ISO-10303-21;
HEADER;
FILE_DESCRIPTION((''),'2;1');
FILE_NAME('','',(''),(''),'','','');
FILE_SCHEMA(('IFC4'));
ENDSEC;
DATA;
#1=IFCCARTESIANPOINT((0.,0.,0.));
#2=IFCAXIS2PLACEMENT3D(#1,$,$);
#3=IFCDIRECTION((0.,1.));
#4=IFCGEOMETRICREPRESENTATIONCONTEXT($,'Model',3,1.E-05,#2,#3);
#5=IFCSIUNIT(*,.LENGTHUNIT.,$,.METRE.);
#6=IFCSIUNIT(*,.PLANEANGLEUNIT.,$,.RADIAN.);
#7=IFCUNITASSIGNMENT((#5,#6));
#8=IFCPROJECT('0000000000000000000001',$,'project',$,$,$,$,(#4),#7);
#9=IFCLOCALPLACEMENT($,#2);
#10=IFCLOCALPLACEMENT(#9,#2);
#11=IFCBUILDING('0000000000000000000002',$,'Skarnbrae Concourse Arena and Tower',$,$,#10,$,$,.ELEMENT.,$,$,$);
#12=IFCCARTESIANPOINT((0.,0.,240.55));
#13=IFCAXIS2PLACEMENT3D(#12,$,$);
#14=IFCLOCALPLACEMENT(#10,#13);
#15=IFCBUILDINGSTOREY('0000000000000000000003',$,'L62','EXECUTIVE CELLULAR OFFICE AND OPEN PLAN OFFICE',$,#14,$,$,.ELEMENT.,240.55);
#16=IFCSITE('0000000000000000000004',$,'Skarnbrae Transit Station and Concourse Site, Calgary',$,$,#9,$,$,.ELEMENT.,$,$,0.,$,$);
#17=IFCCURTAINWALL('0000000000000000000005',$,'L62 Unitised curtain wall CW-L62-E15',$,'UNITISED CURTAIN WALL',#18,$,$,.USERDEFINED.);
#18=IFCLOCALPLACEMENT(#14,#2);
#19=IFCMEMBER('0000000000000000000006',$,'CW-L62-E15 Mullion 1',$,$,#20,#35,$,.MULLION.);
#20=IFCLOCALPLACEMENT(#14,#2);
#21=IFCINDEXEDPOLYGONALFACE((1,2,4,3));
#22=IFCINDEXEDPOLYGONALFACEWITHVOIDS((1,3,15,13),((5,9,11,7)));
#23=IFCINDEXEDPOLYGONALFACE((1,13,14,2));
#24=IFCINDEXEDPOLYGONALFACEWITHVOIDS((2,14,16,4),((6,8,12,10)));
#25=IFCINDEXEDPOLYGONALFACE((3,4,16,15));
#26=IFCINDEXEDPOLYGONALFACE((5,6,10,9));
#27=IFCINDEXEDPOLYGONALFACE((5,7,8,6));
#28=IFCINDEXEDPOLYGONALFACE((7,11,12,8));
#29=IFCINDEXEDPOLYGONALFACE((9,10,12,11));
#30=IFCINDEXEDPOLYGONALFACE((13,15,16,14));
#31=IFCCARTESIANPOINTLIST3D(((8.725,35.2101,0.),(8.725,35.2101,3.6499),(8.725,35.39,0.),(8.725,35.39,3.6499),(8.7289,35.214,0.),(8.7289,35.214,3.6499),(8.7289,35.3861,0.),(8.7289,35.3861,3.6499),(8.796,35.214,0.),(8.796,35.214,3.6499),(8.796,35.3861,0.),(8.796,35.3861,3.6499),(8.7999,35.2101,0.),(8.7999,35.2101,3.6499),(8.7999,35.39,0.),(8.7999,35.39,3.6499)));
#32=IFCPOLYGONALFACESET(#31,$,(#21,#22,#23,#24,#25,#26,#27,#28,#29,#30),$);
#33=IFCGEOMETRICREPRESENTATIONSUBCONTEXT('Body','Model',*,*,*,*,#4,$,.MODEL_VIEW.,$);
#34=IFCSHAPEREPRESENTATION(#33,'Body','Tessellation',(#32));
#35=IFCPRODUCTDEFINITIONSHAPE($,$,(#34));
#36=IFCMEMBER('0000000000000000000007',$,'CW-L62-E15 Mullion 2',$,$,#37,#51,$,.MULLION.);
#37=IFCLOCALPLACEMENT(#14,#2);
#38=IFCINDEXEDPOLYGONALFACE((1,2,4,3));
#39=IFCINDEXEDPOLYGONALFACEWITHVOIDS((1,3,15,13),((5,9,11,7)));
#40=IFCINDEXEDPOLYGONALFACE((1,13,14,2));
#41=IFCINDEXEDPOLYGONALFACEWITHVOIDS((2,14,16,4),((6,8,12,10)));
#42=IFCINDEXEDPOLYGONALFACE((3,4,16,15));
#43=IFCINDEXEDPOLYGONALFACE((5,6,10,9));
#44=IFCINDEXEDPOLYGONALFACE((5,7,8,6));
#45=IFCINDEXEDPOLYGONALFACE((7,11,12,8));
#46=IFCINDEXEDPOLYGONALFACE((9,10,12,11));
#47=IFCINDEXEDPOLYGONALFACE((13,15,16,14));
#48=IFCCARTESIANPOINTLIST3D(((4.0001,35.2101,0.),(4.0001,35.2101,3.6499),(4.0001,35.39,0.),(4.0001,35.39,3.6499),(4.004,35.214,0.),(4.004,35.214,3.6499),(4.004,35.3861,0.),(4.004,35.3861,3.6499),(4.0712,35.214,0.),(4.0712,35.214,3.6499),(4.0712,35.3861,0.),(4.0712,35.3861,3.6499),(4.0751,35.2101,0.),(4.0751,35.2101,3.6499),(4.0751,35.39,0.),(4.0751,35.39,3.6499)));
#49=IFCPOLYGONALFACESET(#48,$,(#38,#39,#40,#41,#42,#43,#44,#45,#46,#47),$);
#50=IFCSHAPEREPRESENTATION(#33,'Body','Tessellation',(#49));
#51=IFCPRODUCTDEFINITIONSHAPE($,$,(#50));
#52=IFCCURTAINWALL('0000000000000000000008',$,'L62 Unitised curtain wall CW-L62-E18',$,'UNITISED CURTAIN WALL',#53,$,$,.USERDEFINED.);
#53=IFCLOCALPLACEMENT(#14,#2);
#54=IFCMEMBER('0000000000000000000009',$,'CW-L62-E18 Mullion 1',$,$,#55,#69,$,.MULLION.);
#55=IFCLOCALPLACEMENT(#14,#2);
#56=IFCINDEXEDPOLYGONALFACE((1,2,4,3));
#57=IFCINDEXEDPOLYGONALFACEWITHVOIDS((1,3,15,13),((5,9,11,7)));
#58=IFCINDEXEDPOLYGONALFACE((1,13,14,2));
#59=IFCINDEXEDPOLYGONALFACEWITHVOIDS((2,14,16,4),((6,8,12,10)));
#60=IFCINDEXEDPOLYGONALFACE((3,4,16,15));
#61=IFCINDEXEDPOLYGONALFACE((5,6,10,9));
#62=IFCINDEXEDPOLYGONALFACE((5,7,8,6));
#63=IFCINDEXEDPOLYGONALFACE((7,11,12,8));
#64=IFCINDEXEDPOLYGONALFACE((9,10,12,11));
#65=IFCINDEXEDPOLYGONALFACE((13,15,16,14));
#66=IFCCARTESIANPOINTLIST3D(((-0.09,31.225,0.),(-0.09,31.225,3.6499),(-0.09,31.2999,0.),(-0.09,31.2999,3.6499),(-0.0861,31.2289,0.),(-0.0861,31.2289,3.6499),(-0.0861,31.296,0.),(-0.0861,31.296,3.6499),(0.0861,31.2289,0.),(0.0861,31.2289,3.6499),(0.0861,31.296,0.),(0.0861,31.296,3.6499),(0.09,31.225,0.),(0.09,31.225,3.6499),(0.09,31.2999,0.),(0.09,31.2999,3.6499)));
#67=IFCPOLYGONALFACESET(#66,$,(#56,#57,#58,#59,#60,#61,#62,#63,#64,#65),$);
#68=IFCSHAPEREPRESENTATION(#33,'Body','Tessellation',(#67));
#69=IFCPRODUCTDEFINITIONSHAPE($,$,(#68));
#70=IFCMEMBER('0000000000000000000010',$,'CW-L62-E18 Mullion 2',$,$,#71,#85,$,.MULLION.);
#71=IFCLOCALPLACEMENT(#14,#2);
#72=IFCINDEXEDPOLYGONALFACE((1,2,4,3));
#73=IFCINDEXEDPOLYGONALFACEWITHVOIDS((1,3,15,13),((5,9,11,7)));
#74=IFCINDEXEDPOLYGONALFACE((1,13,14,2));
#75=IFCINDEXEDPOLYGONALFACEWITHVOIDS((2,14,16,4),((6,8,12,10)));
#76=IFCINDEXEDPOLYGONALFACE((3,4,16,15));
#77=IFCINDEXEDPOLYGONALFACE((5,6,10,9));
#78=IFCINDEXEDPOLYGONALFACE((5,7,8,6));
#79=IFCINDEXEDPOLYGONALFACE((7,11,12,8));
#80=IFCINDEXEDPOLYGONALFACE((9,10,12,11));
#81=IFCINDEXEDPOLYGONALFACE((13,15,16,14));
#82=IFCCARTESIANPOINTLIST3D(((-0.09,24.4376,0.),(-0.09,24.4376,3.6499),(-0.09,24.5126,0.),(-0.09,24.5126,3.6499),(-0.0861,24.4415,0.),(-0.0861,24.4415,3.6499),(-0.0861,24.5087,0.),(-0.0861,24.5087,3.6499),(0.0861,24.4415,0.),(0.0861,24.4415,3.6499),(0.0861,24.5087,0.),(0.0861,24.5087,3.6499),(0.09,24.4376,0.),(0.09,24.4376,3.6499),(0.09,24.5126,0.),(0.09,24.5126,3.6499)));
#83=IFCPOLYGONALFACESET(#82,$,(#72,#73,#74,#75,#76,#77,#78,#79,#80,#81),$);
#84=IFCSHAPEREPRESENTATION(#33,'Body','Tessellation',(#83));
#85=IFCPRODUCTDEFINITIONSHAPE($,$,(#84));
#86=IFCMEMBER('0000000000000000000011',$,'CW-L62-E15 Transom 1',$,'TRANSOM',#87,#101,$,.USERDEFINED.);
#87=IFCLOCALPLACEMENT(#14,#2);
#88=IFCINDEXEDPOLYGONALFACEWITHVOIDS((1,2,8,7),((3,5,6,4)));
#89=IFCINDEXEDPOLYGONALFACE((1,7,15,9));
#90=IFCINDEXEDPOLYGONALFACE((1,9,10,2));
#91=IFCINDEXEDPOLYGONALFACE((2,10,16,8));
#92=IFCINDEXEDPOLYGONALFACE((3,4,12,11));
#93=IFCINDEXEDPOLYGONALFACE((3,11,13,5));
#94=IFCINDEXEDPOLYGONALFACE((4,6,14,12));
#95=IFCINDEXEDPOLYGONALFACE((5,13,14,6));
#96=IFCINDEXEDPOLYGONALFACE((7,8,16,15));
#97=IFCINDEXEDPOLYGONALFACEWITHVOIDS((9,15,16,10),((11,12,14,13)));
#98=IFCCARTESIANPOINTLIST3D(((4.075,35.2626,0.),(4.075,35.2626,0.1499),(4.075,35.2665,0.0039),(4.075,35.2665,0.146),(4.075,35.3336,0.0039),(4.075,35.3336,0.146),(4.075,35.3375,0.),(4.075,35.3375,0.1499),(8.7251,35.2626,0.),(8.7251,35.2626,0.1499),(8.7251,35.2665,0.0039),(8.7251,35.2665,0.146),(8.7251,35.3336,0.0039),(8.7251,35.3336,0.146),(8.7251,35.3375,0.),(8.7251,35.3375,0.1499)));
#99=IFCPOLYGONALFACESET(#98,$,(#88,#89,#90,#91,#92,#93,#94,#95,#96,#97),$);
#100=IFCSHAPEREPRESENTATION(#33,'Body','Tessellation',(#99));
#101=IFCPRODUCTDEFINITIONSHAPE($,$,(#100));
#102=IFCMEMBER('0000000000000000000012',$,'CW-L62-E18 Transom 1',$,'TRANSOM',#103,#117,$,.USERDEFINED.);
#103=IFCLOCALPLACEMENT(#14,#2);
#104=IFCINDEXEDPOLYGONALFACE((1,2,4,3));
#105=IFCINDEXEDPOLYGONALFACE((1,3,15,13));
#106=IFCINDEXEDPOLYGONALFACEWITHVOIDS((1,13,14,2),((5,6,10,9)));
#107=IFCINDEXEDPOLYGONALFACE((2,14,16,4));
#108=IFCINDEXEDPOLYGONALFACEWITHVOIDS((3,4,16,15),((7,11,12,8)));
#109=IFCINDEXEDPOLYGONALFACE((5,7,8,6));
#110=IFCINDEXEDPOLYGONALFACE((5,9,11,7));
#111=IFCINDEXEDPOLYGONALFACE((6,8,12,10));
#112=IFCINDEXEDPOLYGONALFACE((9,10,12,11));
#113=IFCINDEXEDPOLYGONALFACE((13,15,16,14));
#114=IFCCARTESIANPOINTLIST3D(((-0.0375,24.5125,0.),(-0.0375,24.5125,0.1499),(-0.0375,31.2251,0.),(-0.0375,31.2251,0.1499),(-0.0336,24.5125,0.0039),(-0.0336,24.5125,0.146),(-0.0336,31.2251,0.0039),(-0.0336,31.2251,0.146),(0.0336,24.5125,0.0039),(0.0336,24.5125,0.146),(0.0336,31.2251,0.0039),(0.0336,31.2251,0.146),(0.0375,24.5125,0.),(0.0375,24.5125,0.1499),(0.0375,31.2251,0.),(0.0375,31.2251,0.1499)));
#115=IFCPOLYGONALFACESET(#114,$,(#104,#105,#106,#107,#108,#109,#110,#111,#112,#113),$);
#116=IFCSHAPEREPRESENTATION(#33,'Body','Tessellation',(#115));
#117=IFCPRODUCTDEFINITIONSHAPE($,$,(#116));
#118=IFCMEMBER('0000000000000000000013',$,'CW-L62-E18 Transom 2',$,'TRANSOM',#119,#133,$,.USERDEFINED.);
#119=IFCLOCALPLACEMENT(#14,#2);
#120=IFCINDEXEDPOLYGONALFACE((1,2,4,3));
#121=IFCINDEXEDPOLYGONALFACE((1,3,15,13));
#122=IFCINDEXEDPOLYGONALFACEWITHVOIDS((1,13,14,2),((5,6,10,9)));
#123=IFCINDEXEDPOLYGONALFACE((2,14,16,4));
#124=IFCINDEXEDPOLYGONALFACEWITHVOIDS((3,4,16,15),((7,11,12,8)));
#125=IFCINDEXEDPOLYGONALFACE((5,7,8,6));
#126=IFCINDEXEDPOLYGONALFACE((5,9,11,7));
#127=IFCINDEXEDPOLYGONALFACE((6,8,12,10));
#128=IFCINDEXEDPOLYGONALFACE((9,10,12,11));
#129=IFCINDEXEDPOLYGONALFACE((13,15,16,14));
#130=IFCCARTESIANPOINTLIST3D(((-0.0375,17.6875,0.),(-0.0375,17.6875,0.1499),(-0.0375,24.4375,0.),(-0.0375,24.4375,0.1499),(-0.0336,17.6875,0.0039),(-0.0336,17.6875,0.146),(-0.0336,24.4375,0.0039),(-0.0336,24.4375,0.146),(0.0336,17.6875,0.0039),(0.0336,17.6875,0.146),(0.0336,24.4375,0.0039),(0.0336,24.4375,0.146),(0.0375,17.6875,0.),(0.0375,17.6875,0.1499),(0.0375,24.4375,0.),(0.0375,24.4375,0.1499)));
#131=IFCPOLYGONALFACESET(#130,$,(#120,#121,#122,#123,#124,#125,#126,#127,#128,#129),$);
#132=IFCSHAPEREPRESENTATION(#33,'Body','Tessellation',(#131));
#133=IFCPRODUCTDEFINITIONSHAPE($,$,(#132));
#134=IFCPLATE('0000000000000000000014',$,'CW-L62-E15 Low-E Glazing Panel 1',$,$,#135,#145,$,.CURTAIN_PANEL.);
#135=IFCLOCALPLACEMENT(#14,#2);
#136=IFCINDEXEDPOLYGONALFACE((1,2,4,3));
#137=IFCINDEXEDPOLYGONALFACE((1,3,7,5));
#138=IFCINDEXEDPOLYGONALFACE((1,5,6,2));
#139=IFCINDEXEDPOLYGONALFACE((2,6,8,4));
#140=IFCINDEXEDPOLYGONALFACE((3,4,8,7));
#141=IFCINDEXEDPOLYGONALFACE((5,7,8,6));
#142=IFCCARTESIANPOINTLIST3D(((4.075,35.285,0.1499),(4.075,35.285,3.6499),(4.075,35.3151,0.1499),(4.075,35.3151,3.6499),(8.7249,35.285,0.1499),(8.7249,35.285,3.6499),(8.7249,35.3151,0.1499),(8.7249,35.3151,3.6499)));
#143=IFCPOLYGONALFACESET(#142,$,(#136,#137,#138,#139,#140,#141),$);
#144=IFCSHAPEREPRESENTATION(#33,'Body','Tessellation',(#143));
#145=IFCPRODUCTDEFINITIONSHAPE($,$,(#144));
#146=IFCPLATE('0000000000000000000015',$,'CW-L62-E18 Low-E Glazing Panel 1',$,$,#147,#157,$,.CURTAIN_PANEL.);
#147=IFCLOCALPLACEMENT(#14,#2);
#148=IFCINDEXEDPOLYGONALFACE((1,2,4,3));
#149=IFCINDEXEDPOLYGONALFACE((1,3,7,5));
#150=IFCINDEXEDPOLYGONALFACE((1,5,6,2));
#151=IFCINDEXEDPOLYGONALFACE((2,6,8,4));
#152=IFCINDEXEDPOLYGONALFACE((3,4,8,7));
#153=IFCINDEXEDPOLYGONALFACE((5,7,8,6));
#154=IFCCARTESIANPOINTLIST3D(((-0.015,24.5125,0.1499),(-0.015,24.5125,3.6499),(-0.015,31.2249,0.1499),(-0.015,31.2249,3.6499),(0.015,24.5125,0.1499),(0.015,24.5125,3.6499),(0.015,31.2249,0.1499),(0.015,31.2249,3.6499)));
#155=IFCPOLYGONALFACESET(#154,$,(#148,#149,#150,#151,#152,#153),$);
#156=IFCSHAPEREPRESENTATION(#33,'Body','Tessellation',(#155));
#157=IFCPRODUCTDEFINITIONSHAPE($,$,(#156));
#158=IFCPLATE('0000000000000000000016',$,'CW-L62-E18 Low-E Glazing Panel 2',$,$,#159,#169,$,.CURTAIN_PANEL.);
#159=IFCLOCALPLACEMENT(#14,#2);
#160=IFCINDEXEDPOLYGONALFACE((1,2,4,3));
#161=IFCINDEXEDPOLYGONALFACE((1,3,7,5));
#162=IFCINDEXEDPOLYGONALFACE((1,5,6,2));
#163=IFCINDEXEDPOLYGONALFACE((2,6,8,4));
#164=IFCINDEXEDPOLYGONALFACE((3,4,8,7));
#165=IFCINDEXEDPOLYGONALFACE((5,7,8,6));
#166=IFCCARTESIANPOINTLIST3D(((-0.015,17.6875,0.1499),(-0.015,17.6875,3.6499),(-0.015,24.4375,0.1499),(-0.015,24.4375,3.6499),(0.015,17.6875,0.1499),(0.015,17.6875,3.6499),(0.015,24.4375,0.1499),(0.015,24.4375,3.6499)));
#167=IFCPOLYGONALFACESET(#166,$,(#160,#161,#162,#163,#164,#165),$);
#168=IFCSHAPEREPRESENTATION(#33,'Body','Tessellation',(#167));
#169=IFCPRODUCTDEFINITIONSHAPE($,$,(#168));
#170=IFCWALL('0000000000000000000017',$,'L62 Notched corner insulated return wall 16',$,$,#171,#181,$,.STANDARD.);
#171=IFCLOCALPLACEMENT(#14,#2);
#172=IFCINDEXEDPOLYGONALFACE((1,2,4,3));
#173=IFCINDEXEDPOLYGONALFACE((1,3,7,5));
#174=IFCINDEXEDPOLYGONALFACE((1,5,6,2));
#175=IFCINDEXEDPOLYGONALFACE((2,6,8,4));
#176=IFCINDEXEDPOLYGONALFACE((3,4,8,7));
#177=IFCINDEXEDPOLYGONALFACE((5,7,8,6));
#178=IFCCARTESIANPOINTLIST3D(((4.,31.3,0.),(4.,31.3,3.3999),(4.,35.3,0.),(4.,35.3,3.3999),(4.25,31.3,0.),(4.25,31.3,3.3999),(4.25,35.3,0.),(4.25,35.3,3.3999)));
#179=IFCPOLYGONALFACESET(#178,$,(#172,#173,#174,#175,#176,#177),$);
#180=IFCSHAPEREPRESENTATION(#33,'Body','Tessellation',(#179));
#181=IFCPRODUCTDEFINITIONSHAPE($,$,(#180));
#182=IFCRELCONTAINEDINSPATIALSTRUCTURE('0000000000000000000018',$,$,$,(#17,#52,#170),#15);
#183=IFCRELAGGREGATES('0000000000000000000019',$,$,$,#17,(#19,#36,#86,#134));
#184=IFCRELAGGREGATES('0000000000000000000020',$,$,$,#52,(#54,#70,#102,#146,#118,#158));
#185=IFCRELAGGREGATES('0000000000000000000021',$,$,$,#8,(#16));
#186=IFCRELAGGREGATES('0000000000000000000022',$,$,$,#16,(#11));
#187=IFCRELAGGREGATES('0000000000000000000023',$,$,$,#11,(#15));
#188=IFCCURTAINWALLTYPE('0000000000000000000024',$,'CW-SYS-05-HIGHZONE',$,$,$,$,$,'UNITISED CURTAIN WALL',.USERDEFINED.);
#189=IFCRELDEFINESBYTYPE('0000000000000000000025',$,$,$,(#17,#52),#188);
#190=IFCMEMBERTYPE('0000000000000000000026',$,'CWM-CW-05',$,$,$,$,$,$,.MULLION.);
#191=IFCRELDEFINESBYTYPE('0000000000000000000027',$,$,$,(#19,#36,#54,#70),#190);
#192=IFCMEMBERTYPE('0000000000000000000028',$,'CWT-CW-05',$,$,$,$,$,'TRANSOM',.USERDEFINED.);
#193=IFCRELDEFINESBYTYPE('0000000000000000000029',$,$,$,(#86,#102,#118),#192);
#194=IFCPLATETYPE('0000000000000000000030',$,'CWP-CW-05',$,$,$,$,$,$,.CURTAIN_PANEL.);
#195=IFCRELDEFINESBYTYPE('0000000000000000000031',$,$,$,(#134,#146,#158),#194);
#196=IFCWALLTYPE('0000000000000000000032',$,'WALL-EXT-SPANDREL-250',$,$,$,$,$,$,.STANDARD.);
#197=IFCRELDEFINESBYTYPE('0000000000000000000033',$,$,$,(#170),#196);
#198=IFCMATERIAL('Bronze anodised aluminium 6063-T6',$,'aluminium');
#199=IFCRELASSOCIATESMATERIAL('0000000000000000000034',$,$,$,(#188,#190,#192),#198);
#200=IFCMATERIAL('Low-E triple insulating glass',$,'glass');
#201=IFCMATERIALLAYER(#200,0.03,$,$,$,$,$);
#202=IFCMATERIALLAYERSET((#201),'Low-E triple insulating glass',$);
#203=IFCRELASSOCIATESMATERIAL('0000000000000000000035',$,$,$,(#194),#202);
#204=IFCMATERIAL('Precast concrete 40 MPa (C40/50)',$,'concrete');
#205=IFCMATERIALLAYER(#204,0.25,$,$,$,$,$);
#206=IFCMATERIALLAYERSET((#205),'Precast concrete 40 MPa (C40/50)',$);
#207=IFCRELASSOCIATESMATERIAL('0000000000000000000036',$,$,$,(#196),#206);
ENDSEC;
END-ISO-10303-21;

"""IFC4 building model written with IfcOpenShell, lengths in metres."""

from ifc_helpers import new_model, si_unit, direction, frame, frame_2d, origin, origin_2d, place, context, subcontext, project, spatial, rectangle, hollow_rectangle, extrude, source, transform, mapped, material, layer, layer_set, material_profile, profile_set, type_object, element, aggregate, save


model = new_model("IFC4")

# Units and contexts
model_context = context("Model", 3, precision=1e-05, world=origin(), true_north=direction((0.0, 1.0)))
body_context = subcontext(model_context, "Body", "Model", "MODEL_VIEW")
ifc_project = project(units=[si_unit("LENGTHUNIT", "METRE"), si_unit("PLANEANGLEUNIT", "RADIAN")], contexts=[model_context])

# Site, building, storey
site_placement = place(None, origin())
site = spatial("IfcSite", under=ifc_project, at=site_placement, Name="Skarnbrae Transit Station and Concourse Site, Calgary", CompositionType="ELEMENT", RefElevation=0.0)
building_placement = place(site_placement, origin())
building = spatial("IfcBuilding", under=site, at=building_placement, Name="Skarnbrae Concourse Arena and Tower", CompositionType="ELEMENT")
storey_placement = place(building_placement, frame((0.0, 0.0, 240.55)))
storey = spatial("IfcBuildingStorey", under=building, at=storey_placement, Name="L62", Description="EXECUTIVE CELLULAR OFFICE AND OPEN PLAN OFFICE", CompositionType="ELEMENT", Elevation=240.55)

# Curtain walls, members
ifc_material_1 = material(Name="Bronze anodised aluminium 6063-T6", Category="aluminium")
curtain_wall_type = type_object("IfcCurtainWallType", Name="CW-SYS-05-HIGHZONE", ElementType="UNITISED CURTAIN WALL", PredefinedType="USERDEFINED", material=ifc_material_1)
curtain_wall_1_placement = place(storey_placement, origin())
curtain_wall_1 = element("IfcCurtainWall", 1, at=curtain_wall_1_placement, inside=storey, type_object=curtain_wall_type, Name="L62 Unitised curtain wall CW-L62-E15", ObjectType="UNITISED CURTAIN WALL", PredefinedType="USERDEFINED")
ifc_material_profile_1 = material_profile(ifc_material_1, hollow_rectangle(XDim=0.075, YDim=0.1799, WallThickness=0.0039, at=origin_2d()), Name="ALU-MULL-75X180")
ifc_profile_set_1 = profile_set([ifc_material_profile_1], Name="Bronze anodised aluminium 6063-T6")
member_type_1 = type_object("IfcMemberType", Name="CWM-CW-05", PredefinedType="MULLION", material=ifc_profile_set_1)
shared_shape_1 = source(origin(), body_context, "Body", "SweptSolid", [
    extrude(hollow_rectangle(XDim=0.075, YDim=0.1799, WallThickness=0.0039, at=origin_2d()), origin(), (0.0, 0.0, 1.0), 3.6499),
])
member_1_placement = place(storey_placement, frame((8.7625, 35.3, 0.0), z_axis=(0.0, 0.0, 1.0), x_axis=(-1.0, 0.0, 0.0)))
member_1 = element("IfcMember", 2, at=member_1_placement, type_object=member_type_1, Name="CW-L62-E15 Mullion 1", PredefinedType="MULLION", context=body_context, shape_type="MappedRepresentation", body=[
    mapped(shared_shape_1, transform((0.0, 0.0, 0.0))),
])
member_2_placement = place(storey_placement, frame((4.0376, 35.3, 0.0), z_axis=(0.0, 0.0, 1.0), x_axis=(-1.0, 0.0, 0.0)))
member_2 = element("IfcMember", 3, at=member_2_placement, type_object=member_type_1, Name="CW-L62-E15 Mullion 2", PredefinedType="MULLION", context=body_context, shape_type="MappedRepresentation", body=[
    mapped(shared_shape_1, transform((0.0, 0.0, 0.0))),
])
curtain_wall_2_placement = place(storey_placement, origin())
curtain_wall_2 = element("IfcCurtainWall", 4, at=curtain_wall_2_placement, inside=storey, type_object=curtain_wall_type, Name="L62 Unitised curtain wall CW-L62-E18", ObjectType="UNITISED CURTAIN WALL", PredefinedType="USERDEFINED")
member_3_placement = place(storey_placement, frame((0.0, 31.2625, 0.0), z_axis=(0.0, 0.0, 1.0), x_axis=(0.0, -1.0, 0.0)))
member_3 = element("IfcMember", 5, at=member_3_placement, type_object=member_type_1, Name="CW-L62-E18 Mullion 1", PredefinedType="MULLION", context=body_context, shape_type="MappedRepresentation", body=[
    mapped(shared_shape_1, transform((0.0, 0.0, 0.0))),
])
member_4_placement = place(storey_placement, frame((0.0, 24.4751, 0.0), z_axis=(0.0, 0.0, 1.0), x_axis=(0.0, -1.0, 0.0)))
member_4 = element("IfcMember", 6, at=member_4_placement, type_object=member_type_1, Name="CW-L62-E18 Mullion 2", PredefinedType="MULLION", context=body_context, shape_type="MappedRepresentation", body=[
    mapped(shared_shape_1, transform((0.0, 0.0, 0.0))),
])

# Members
ifc_material_profile_2 = material_profile(ifc_material_1, hollow_rectangle(XDim=0.075, YDim=0.1499, WallThickness=0.0039, at=origin_2d()), Name="ALU-TRAN-75X150")
ifc_profile_set_2 = profile_set([ifc_material_profile_2], Name="Bronze anodised aluminium 6063-T6")
member_type_2 = type_object("IfcMemberType", Name="CWT-CW-05", ElementType="TRANSOM", PredefinedType="USERDEFINED", material=ifc_profile_set_2)
shared_shape_2 = source(origin(), body_context, "Body", "SweptSolid", [
    extrude(hollow_rectangle(XDim=0.075, YDim=0.1499, WallThickness=0.0039, at=origin_2d()), origin(), (0.0, 0.0, 1.0), 4.6501),
])
member_5_placement = place(storey_placement, frame((8.7251, 35.3, 0.075), z_axis=(-1.0, 0.0, 0.0), x_axis=(0.0, -1.0, 0.0)))
member_5 = element("IfcMember", 7, at=member_5_placement, type_object=member_type_2, Name="CW-L62-E15 Transom 1", ObjectType="TRANSOM", PredefinedType="USERDEFINED", context=body_context, shape_type="MappedRepresentation", body=[
    mapped(shared_shape_2, transform((0.0, 0.0, 0.0))),
])
shared_shape_3 = source(origin(), body_context, "Body", "SweptSolid", [
    extrude(hollow_rectangle(XDim=0.075, YDim=0.1499, WallThickness=0.0039, at=origin_2d()), origin(), (0.0, 0.0, 1.0), 6.7126),
])
member_6_placement = place(storey_placement, frame((0.0, 31.2251, 0.075), z_axis=(0.0, -1.0, 0.0), x_axis=(1.0, 0.0, 0.0)))
member_6 = element("IfcMember", 8, at=member_6_placement, type_object=member_type_2, Name="CW-L62-E18 Transom 1", ObjectType="TRANSOM", PredefinedType="USERDEFINED", context=body_context, shape_type="MappedRepresentation", body=[
    mapped(shared_shape_3, transform((0.0, 0.0, 0.0))),
])
shared_shape_4 = source(origin(), body_context, "Body", "SweptSolid", [
    extrude(hollow_rectangle(XDim=0.075, YDim=0.1499, WallThickness=0.0039, at=origin_2d()), origin(), (0.0, 0.0, 1.0), 6.75),
])
member_7_placement = place(storey_placement, frame((0.0, 24.4375, 0.075), z_axis=(0.0, -1.0, 0.0), x_axis=(1.0, 0.0, 0.0)))
member_7 = element("IfcMember", 9, at=member_7_placement, type_object=member_type_2, Name="CW-L62-E18 Transom 2", ObjectType="TRANSOM", PredefinedType="USERDEFINED", context=body_context, shape_type="MappedRepresentation", body=[
    mapped(shared_shape_4, transform((0.0, 0.0, 0.0))),
])

# Plates
ifc_material_2 = material(Name="Low-E triple insulating glass", Category="glass")
ifc_layer_1 = layer(ifc_material_2, 0.03)
ifc_layer_set_1 = layer_set([ifc_layer_1], Name="Low-E triple insulating glass")
plate_type = type_object("IfcPlateType", Name="CWP-CW-05", PredefinedType="CURTAIN_PANEL", material=ifc_layer_set_1)
shared_shape_5 = source(origin(), body_context, "Body", "SweptSolid", [
    extrude(rectangle(XDim=4.6499, YDim=0.03, at=origin_2d()), origin(), (0.0, 0.0, 1.0), 3.5),
])
plate_1_placement = place(storey_placement, frame((6.3999, 35.3, 0.1499), z_axis=(0.0, 0.0, 1.0), x_axis=(-1.0, 0.0, 0.0)))
plate_1 = element("IfcPlate", 10, at=plate_1_placement, type_object=plate_type, Name="CW-L62-E15 Low-E Glazing Panel 1", PredefinedType="CURTAIN_PANEL", context=body_context, shape_type="MappedRepresentation", body=[
    mapped(shared_shape_5, transform((0.0, 0.0, 0.0))),
])
aggregate(curtain_wall_1, [member_1, member_2, member_5, plate_1])
shared_shape_6 = source(origin(), body_context, "Body", "SweptSolid", [
    extrude(rectangle(XDim=6.7124, YDim=0.03, at=origin_2d()), origin(), (0.0, 0.0, 1.0), 3.5),
])
plate_2_placement = place(storey_placement, frame((0.0, 27.8687, 0.1499), z_axis=(0.0, 0.0, 1.0), x_axis=(0.0, -1.0, 0.0)))
plate_2 = element("IfcPlate", 11, at=plate_2_placement, type_object=plate_type, Name="CW-L62-E18 Low-E Glazing Panel 1", PredefinedType="CURTAIN_PANEL", context=body_context, shape_type="MappedRepresentation", body=[
    mapped(shared_shape_6, transform((0.0, 0.0, 0.0))),
])
shared_shape_7 = source(origin(), body_context, "Body", "SweptSolid", [
    extrude(rectangle(XDim=6.75, YDim=0.03, at=origin_2d()), origin(), (0.0, 0.0, 1.0), 3.5),
])
plate_3_placement = place(storey_placement, frame((0.0, 21.0625, 0.1499), z_axis=(0.0, 0.0, 1.0), x_axis=(0.0, -1.0, 0.0)))
plate_3 = element("IfcPlate", 12, at=plate_3_placement, type_object=plate_type, Name="CW-L62-E18 Low-E Glazing Panel 2", PredefinedType="CURTAIN_PANEL", context=body_context, shape_type="MappedRepresentation", body=[
    mapped(shared_shape_7, transform((0.0, 0.0, 0.0))),
])
aggregate(curtain_wall_2, [member_3, member_4, member_6, plate_2, member_7, plate_3])

# Wall
ifc_material_3 = material(Name="Precast concrete 40 MPa (C40/50)", Category="concrete")
ifc_layer_2 = layer(ifc_material_3, 0.25)
ifc_layer_set_2 = layer_set([ifc_layer_2], Name="Precast concrete 40 MPa (C40/50)")
wall_type_1 = type_object("IfcWallType", Name="WALL-EXT-SPANDREL-250", PredefinedType="STANDARD", material=ifc_layer_set_2)
shared_shape_8 = source(origin(), body_context, "Body", "SweptSolid", [
    extrude(rectangle(XDim=4.0, YDim=0.25, at=frame_2d((2.0, 0.0))), origin(), (0.0, 0.0, 1.0), 3.3999),
])
for number, where, z_axis, x_axis, name in (
    (13, (4.125, 35.3, 0.0), (0.0, 0.0, 1.0), (0.0, -1.0, 0.0), "L62 Notched corner insulated return wall 16"),
):
    element("IfcWall", number, at=place(storey_placement, frame(where, z_axis=z_axis, x_axis=x_axis)), inside=storey, type_object=wall_type_1, Name=name, PredefinedType="STANDARD", context=body_context, shape_type="MappedRepresentation", body=[
        mapped(shared_shape_8, transform((0.0, 0.0, 0.0))),
    ])

save(model, "model.ifc")
